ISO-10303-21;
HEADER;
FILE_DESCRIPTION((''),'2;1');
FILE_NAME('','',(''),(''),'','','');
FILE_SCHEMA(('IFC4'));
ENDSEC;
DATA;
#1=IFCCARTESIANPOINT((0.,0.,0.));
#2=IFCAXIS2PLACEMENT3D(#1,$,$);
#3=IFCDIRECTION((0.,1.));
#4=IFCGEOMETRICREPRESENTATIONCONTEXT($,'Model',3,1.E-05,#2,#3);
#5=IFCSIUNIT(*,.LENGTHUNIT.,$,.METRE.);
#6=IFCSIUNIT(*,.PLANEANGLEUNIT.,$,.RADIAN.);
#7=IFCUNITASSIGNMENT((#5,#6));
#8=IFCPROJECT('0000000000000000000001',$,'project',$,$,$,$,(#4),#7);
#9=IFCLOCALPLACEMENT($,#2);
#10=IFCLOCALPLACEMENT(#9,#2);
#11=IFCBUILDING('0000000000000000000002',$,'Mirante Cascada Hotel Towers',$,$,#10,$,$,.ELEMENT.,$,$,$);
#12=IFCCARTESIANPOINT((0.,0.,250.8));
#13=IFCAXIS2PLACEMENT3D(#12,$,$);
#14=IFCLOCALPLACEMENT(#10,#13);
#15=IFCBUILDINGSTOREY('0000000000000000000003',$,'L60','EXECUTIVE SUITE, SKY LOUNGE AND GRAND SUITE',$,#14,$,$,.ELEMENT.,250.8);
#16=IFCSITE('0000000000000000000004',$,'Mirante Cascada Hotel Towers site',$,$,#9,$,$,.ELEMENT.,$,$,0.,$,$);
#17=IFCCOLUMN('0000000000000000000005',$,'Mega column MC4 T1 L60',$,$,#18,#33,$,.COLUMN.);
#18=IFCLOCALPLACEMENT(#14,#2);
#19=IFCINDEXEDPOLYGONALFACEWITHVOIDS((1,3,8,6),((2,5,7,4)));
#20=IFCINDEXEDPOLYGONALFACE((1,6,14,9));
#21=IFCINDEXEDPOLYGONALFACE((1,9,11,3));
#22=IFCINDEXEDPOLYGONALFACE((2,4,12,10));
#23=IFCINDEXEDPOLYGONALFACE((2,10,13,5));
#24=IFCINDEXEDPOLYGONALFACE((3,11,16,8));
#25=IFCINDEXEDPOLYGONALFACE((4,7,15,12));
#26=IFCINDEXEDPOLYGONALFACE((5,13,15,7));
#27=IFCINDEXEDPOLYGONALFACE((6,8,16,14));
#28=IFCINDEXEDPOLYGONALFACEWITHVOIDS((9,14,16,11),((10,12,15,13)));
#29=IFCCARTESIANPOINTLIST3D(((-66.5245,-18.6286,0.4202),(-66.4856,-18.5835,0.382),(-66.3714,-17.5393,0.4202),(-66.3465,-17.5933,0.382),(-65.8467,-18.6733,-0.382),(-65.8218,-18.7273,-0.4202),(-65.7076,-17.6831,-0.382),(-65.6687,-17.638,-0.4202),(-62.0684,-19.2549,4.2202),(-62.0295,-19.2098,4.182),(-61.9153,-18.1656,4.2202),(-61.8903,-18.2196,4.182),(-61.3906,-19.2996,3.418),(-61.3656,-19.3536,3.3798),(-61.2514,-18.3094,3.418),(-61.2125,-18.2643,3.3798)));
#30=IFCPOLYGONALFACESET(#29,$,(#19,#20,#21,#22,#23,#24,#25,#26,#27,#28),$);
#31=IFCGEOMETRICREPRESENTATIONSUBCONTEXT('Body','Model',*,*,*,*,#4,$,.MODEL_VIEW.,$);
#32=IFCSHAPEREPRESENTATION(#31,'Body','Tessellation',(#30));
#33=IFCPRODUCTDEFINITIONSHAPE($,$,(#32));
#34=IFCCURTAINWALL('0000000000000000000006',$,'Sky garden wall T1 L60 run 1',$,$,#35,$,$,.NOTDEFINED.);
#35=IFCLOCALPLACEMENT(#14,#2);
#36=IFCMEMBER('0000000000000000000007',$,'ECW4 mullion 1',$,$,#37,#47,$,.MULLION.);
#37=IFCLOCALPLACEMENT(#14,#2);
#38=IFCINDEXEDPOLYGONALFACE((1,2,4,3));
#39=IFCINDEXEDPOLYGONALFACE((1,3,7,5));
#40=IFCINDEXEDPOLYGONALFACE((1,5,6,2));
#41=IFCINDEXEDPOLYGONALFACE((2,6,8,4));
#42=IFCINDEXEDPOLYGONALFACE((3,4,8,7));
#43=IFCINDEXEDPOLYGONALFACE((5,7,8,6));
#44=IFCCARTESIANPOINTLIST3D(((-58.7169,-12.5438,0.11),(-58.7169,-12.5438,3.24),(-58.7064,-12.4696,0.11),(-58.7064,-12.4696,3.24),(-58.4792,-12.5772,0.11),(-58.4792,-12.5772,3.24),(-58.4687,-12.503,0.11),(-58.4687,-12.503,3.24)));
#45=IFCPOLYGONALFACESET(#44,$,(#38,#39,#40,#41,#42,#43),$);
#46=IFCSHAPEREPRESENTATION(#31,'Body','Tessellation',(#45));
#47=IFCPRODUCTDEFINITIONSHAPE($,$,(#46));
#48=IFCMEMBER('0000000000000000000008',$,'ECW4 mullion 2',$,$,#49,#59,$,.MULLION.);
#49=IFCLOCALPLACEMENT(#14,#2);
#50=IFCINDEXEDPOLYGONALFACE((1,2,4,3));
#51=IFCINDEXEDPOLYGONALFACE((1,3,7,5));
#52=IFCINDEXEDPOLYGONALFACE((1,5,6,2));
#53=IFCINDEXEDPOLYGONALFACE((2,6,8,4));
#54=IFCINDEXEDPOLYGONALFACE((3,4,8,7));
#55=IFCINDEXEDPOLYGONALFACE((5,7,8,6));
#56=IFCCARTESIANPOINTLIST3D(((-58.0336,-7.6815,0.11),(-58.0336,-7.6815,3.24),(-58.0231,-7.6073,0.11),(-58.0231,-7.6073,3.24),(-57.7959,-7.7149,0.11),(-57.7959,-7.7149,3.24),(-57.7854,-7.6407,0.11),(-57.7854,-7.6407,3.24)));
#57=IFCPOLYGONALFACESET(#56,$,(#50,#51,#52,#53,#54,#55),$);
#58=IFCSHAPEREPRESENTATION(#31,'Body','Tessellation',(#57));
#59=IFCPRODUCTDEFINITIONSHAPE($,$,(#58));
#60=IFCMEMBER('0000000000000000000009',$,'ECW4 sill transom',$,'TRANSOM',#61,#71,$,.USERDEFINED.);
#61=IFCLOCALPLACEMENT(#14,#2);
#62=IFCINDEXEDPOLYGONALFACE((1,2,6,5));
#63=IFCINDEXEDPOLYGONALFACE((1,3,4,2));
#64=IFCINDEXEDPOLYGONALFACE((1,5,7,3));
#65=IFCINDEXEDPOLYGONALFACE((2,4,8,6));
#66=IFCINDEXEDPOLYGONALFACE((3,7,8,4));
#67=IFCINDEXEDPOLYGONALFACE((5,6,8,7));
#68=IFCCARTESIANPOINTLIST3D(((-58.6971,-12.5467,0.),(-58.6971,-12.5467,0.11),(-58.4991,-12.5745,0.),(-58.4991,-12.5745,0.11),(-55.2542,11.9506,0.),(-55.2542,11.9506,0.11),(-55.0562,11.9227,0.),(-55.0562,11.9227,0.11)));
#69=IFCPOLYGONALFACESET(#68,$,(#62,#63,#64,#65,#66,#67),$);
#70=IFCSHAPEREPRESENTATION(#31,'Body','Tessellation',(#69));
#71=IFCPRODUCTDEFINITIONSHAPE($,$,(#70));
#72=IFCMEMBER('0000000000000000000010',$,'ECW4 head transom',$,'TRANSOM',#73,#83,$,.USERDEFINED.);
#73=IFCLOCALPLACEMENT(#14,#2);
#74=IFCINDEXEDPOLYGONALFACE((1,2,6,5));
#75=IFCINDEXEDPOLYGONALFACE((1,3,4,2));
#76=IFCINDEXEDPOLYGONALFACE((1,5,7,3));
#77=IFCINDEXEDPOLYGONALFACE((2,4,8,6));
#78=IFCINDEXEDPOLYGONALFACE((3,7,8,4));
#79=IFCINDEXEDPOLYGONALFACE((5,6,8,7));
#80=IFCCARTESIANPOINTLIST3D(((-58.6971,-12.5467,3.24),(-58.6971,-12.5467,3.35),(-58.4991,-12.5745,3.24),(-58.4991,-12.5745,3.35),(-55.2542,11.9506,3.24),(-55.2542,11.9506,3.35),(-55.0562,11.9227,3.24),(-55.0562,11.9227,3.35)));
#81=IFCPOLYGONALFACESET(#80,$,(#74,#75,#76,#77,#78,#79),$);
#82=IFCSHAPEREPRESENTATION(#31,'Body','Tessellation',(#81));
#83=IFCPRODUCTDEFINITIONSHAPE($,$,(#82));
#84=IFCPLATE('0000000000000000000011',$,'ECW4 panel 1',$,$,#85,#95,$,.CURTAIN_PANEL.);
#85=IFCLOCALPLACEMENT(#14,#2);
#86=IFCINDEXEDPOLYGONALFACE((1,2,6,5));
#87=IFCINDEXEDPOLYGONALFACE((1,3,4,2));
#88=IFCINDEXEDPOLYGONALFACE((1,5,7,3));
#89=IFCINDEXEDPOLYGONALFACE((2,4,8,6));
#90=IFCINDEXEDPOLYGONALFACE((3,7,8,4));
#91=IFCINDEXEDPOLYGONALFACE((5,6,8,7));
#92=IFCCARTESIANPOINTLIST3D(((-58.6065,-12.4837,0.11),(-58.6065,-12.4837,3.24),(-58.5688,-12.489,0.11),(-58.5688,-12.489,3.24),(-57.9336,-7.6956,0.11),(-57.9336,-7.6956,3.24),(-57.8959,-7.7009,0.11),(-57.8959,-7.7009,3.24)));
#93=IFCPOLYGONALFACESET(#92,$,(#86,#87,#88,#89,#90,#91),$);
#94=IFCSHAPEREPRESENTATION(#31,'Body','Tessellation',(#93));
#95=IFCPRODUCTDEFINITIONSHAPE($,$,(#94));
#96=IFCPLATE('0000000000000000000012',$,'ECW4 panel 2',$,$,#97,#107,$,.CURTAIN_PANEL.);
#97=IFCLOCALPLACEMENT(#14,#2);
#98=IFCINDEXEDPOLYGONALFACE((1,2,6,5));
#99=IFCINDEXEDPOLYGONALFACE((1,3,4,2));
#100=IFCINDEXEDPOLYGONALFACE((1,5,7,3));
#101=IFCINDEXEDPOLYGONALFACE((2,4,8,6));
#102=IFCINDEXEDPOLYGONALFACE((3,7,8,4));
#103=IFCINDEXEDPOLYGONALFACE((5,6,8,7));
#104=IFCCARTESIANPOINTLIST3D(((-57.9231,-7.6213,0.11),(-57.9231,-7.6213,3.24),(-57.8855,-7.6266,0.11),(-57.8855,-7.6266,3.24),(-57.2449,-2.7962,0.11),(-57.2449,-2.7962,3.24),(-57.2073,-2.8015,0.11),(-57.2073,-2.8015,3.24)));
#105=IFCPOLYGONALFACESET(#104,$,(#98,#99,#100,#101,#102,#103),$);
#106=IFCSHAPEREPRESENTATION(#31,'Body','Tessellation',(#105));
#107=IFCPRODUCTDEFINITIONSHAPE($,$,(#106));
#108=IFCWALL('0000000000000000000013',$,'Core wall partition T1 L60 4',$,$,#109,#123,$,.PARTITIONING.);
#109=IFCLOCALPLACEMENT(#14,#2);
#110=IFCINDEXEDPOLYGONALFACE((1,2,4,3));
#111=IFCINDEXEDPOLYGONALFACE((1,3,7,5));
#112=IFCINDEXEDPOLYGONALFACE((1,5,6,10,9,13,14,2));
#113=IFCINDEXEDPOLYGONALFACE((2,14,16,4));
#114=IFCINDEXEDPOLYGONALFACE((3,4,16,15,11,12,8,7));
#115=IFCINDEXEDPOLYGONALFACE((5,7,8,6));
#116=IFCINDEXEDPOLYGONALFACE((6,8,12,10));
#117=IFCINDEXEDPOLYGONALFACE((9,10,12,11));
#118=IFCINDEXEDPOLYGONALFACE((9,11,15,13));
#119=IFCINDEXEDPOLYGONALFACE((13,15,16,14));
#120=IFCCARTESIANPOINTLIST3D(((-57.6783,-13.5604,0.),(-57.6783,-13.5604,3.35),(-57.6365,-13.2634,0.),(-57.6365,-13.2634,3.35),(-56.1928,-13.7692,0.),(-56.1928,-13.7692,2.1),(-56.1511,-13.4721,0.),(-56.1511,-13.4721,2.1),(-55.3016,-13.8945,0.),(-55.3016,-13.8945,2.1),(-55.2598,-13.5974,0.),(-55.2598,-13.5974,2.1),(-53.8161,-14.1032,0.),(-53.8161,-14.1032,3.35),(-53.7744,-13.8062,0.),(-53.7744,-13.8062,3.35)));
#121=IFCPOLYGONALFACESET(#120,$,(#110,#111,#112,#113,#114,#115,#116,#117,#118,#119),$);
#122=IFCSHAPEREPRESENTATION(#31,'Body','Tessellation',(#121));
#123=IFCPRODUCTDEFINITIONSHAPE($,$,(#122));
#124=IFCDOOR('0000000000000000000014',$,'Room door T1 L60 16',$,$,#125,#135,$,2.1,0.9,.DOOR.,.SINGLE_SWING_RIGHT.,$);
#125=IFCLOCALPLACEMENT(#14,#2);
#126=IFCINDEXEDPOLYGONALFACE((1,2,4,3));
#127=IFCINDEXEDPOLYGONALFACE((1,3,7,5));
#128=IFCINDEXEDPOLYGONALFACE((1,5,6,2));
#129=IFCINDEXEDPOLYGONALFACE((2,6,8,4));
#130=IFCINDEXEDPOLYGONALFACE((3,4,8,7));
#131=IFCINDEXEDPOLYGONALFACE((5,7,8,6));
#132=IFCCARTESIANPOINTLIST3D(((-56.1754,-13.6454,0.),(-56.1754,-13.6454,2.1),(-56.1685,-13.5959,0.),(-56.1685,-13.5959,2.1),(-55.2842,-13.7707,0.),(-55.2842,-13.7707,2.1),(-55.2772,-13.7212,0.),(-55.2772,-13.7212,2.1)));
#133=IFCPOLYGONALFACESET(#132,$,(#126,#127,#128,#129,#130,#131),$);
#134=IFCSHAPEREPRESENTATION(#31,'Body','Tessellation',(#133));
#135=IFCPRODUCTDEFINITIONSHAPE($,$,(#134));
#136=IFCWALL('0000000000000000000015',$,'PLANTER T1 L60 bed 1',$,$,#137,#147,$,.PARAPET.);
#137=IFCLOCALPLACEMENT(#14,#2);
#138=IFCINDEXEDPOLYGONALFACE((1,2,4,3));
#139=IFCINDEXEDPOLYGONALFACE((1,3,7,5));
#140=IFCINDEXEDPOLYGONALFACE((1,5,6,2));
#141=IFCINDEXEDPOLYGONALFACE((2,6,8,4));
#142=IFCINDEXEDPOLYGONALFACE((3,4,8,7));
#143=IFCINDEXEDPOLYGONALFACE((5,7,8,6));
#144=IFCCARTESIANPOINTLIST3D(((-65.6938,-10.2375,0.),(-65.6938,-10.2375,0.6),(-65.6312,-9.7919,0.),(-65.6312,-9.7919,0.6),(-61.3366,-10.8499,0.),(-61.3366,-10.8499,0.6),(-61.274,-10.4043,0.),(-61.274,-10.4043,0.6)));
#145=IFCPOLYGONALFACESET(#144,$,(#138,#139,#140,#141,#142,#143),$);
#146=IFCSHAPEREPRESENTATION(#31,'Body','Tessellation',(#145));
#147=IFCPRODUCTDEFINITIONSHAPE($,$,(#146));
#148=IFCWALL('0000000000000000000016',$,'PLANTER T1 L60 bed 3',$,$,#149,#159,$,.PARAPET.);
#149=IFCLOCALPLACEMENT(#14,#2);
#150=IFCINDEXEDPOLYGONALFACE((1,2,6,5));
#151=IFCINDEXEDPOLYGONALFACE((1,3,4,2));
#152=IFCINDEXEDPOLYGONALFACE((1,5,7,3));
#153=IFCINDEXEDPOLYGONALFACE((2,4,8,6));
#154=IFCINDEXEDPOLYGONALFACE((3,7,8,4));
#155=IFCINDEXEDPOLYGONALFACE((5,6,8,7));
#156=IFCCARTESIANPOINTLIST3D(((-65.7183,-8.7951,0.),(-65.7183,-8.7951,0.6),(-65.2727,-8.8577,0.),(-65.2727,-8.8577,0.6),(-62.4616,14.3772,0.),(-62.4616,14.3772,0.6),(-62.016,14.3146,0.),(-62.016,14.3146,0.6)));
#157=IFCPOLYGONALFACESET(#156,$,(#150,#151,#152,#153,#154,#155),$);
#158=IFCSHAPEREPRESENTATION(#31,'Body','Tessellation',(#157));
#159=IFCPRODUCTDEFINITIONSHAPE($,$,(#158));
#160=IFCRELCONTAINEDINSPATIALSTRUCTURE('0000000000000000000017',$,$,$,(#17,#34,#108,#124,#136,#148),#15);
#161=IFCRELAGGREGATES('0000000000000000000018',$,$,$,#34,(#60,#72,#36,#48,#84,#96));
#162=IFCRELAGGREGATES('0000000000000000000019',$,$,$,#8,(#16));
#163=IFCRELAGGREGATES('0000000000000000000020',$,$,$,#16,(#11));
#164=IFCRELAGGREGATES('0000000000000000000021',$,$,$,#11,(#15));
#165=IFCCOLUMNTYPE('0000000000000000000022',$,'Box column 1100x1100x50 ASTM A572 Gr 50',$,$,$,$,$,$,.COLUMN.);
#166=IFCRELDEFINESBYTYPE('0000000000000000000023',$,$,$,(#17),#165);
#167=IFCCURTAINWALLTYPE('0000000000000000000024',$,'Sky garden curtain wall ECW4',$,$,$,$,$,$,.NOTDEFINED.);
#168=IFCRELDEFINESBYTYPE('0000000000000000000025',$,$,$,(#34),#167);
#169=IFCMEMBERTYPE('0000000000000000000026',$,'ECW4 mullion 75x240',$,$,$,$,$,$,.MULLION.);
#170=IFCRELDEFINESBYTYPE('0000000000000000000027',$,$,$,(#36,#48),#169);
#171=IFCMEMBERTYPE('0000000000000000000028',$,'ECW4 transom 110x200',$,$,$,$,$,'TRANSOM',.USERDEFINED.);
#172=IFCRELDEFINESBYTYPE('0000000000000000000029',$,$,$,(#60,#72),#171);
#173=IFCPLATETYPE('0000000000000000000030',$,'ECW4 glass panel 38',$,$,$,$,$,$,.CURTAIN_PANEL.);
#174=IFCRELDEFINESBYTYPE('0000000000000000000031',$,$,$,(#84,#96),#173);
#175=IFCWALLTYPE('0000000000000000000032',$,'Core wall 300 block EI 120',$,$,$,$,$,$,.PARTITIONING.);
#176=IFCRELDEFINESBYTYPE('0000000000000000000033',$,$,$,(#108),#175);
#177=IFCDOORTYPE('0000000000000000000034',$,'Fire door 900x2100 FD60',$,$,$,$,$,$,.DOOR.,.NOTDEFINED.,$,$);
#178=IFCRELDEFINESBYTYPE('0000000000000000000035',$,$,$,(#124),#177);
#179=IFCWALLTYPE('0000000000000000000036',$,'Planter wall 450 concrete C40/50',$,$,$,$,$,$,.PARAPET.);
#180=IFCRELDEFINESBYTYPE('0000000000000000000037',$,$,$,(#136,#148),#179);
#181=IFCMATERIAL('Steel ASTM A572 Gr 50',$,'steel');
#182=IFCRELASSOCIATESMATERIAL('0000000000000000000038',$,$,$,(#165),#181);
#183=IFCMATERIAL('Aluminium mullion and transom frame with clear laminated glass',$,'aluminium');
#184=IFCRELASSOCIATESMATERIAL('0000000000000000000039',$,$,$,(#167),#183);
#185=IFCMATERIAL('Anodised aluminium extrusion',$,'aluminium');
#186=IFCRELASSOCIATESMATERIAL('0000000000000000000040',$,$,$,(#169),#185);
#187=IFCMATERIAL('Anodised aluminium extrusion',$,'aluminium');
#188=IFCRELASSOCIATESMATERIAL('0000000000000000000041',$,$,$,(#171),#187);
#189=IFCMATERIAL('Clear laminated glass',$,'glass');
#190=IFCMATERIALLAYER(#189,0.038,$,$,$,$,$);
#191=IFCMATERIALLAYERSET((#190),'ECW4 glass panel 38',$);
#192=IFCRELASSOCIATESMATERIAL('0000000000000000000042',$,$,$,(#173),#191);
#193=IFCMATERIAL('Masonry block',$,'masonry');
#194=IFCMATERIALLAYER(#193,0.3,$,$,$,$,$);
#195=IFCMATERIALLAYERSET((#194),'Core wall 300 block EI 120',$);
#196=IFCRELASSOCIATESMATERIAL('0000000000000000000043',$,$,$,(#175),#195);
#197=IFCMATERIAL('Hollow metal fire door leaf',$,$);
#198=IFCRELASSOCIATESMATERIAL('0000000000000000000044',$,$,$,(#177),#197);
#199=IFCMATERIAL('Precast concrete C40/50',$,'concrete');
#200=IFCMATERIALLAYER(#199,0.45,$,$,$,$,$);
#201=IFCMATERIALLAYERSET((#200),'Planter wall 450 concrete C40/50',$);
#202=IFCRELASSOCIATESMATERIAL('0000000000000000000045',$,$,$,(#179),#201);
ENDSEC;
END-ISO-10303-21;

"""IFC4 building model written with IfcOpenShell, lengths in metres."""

from ifc_helpers import new_model, si_unit, direction, frame, frame_2d, origin, origin_2d, place, context, subcontext, project, spatial, rectangle, hollow_rectangle, extrude, material, layer, layer_set, material_profile, profile_set, type_object, element, fill, aggregate, save


model = new_model("IFC4")

# Units and contexts
model_context = context("Model", 3, precision=1e-05, world=origin(), true_north=direction((0.0, 1.0)))
body_context = subcontext(model_context, "Body", "Model", "MODEL_VIEW")
ifc_project = project(units=[si_unit("LENGTHUNIT", "METRE"), si_unit("PLANEANGLEUNIT", "RADIAN")], contexts=[model_context])

# Site, building, storey
site_placement = place(None, origin())
site = spatial("IfcSite", under=ifc_project, at=site_placement, Name="Mirante Cascada Hotel Towers site", CompositionType="ELEMENT", RefElevation=0.0)
building_placement = place(site_placement, origin())
building = spatial("IfcBuilding", under=site, at=building_placement, Name="Mirante Cascada Hotel Towers", CompositionType="ELEMENT")
storey_placement = place(building_placement, frame((0.0, 0.0, 250.8)))
storey = spatial("IfcBuildingStorey", under=building, at=storey_placement, Name="L60", Description="EXECUTIVE SUITE, SKY LOUNGE AND GRAND SUITE", CompositionType="ELEMENT", Elevation=250.8)

# Column
ifc_material_1 = material(Name="Steel ASTM A572 Gr 50", Category="steel")
ifc_material_profile_1 = material_profile(ifc_material_1, hollow_rectangle(XDim=1.1, YDim=1.1, WallThickness=0.05, at=origin_2d()), Name="Box column 1100x1100x50 ASTM A572 Gr 50")
ifc_profile_set_1 = profile_set([ifc_material_profile_1], Name="Steel ASTM A572 Gr 50")
column_type = type_object("IfcColumnType", Name="Box column 1100x1100x50 ASTM A572 Gr 50", PredefinedType="COLUMN", material=ifc_profile_set_1)
column_placement = place(storey_placement, frame((-66.0966, -18.1333, 0.0), z_axis=(0.756594, -0.106336, 0.645181), x_axis=(0.139178, 0.990267, 0.0)))
element("IfcColumn", 1, at=column_placement, inside=storey, type_object=column_type, Name="Mega column MC4 T1 L60", PredefinedType="COLUMN", context=body_context, shape_type="SweptSolid", body=[
    extrude(hollow_rectangle(XDim=1.1, YDim=1.1, WallThickness=0.05, at=origin_2d()), origin(), (0.0, 0.0, 1.0), 5.8898),
])

# Curtain wall, members, plates
ifc_material_2 = material(Name="Aluminium mullion and transom frame with clear laminated glass", Category="aluminium")
curtain_wall_type = type_object("IfcCurtainWallType", Name="Sky garden curtain wall ECW4", PredefinedType="NOTDEFINED", material=ifc_material_2)
curtain_wall_placement = place(storey_placement, origin())
curtain_wall = element("IfcCurtainWall", 2, at=curtain_wall_placement, inside=storey, type_object=curtain_wall_type, Name="Sky garden wall T1 L60 run 1", PredefinedType="NOTDEFINED")
ifc_material_3 = material(Name="Anodised aluminium extrusion", Category="aluminium")
ifc_material_profile_2 = material_profile(ifc_material_3, rectangle(XDim=0.24, YDim=0.075, at=origin_2d()), Name="ECW4 MULLION 75x240")
ifc_profile_set_2 = profile_set([ifc_material_profile_2], Name="Anodised aluminium extrusion")
member_type_1 = type_object("IfcMemberType", Name="ECW4 mullion 75x240", PredefinedType="MULLION", material=ifc_profile_set_2)
member_1_placement = place(storey_placement, frame((-58.5928, -12.5234, 0.11), z_axis=(0.0, 0.0, 1.0), x_axis=(-0.990268, 0.139173, 0.0)))
member_1 = element("IfcMember", 3, at=member_1_placement, type_object=member_type_1, Name="ECW4 mullion 1", PredefinedType="MULLION", context=body_context, shape_type="SweptSolid", body=[
    extrude(rectangle(XDim=0.24, YDim=0.075, at=origin_2d()), origin(), (0.0, 0.0, 1.0), 3.13),
])
member_2_placement = place(storey_placement, frame((-57.9095, -7.6611, 0.11), z_axis=(0.0, 0.0, 1.0), x_axis=(-0.990268, 0.139173, 0.0)))
member_2 = element("IfcMember", 4, at=member_2_placement, type_object=member_type_1, Name="ECW4 mullion 2", PredefinedType="MULLION", context=body_context, shape_type="SweptSolid", body=[
    extrude(rectangle(XDim=0.24, YDim=0.075, at=origin_2d()), origin(), (0.0, 0.0, 1.0), 3.13),
])
ifc_material_4 = material(Name="Anodised aluminium extrusion", Category="aluminium")
ifc_material_profile_3 = material_profile(ifc_material_4, rectangle(XDim=0.2, YDim=0.11, at=origin_2d()), Name="ECW4 TRANSOM 110x200")
ifc_profile_set_3 = profile_set([ifc_material_profile_3], Name="Anodised aluminium extrusion")
member_type_2 = type_object("IfcMemberType", Name="ECW4 transom 110x200", ElementType="TRANSOM", PredefinedType="USERDEFINED", material=ifc_profile_set_3)
member_3_placement = place(storey_placement, frame((-58.5981, -12.5606, 0.055), z_axis=(0.139175, 0.990268, 0.0), x_axis=(-0.990268, 0.139175, 0.0)))
member_3 = element("IfcMember", 5, at=member_3_placement, type_object=member_type_2, Name="ECW4 sill transom", ObjectType="TRANSOM", PredefinedType="USERDEFINED", context=body_context, shape_type="SweptSolid", body=[
    extrude(rectangle(XDim=0.2, YDim=0.11, at=origin_2d()), origin(), (0.0, 0.0, 1.0), 24.738),
])
member_4_placement = place(storey_placement, frame((-58.5981, -12.5606, 3.295), z_axis=(0.139175, 0.990268, 0.0), x_axis=(-0.990268, 0.139175, 0.0)))
member_4 = element("IfcMember", 6, at=member_4_placement, type_object=member_type_2, Name="ECW4 head transom", ObjectType="TRANSOM", PredefinedType="USERDEFINED", context=body_context, shape_type="SweptSolid", body=[
    extrude(rectangle(XDim=0.2, YDim=0.11, at=origin_2d()), origin(), (0.0, 0.0, 1.0), 24.738),
])
ifc_material_5 = material(Name="Clear laminated glass", Category="glass")
ifc_layer_1 = layer(ifc_material_5, 0.038)
ifc_layer_set_1 = layer_set([ifc_layer_1], Name="ECW4 glass panel 38")
plate_type = type_object("IfcPlateType", Name="ECW4 glass panel 38", PredefinedType="CURTAIN_PANEL", material=ifc_layer_set_1)
plate_1_placement = place(storey_placement, frame((-58.2512, -10.0923, 0.11), z_axis=(0.0, 0.0, 1.0), x_axis=(0.139173, 0.990268, 0.0)))
plate_1 = element("IfcPlate", 7, at=plate_1_placement, type_object=plate_type, Name="ECW4 panel 1", PredefinedType="CURTAIN_PANEL", context=body_context, shape_type="SweptSolid", body=[
    extrude(rectangle(XDim=4.8351, YDim=0.038, at=origin_2d()), origin(), (0.0, 0.0, 1.0), 3.13),
])
plate_2_placement = place(storey_placement, frame((-57.5652, -5.2114, 0.11), z_axis=(0.0, 0.0, 1.0), x_axis=(0.139173, 0.990268, 0.0)))
plate_2 = element("IfcPlate", 8, at=plate_2_placement, type_object=plate_type, Name="ECW4 panel 2", PredefinedType="CURTAIN_PANEL", context=body_context, shape_type="SweptSolid", body=[
    extrude(rectangle(XDim=4.8726, YDim=0.038, at=origin_2d()), origin(), (0.0, 0.0, 1.0), 3.13),
])
aggregate(curtain_wall, [member_3, member_4, member_1, member_2, plate_1, plate_2])

# Wall, opening, door
ifc_material_6 = material(Name="Masonry block", Category="masonry")
ifc_layer_2 = layer(ifc_material_6, 0.3)
ifc_layer_set_2 = layer_set([ifc_layer_2], Name="Core wall 300 block EI 120")
wall_type_1 = type_object("IfcWallType", Name="Core wall 300 block EI 120", PredefinedType="PARTITIONING", material=ifc_layer_set_2)
wall_1_placement = place(storey_placement, frame((-53.7953, -13.9547, 0.0), z_axis=(0.0, 0.0, 1.0), x_axis=(-0.990267, 0.139177, 0.0)))
wall_1 = element("IfcWall", 9, at=wall_1_placement, inside=storey, type_object=wall_type_1, Name="Core wall partition T1 L60 4", PredefinedType="PARTITIONING", context=body_context, shape_type="SweptSolid", body=[
    extrude(rectangle(XDim=3.9001, YDim=0.3, at=frame_2d((1.95, 0.0))), origin(), (0.0, 0.0, 1.0), 3.35),
])
opening_1_placement = place(wall_1_placement, frame((1.5, 0.0, 0.0)))
opening_1 = element("IfcOpeningElement", 10, at=opening_1_placement, cuts=wall_1, PredefinedType="OPENING", context=body_context, shape_type="SweptSolid", body=[
    extrude(rectangle(XDim=0.9, YDim=2.1, at=frame_2d((0.45, 1.05))), frame((0.0, 0.15, 0.0), z_axis=(0.0, -1.0, 0.0), x_axis=(1.0, 0.0, 0.0)), (0.0, 0.0, 1.0), 0.3),
])
ifc_material_7 = material(Name="Hollow metal fire door leaf")
door_type_1 = type_object("IfcDoorType", Name="Fire door 900x2100 FD60", OperationType="NOTDEFINED", PredefinedType="DOOR", material=ifc_material_7)
door_1_placement = place(opening_1_placement, origin())
door_1 = element("IfcDoor", 11, at=door_1_placement, inside=storey, type_object=door_type_1, Name="Room door T1 L60 16", OperationType="SINGLE_SWING_RIGHT", OverallHeight=2.1, OverallWidth=0.9, PredefinedType="DOOR", context=body_context, shape_type="SweptSolid", body=[
    extrude(rectangle(XDim=0.9, YDim=2.1, at=frame_2d((0.45, 1.05))), frame((0.0, 0.025, 0.0), z_axis=(0.0, -1.0, 0.0), x_axis=(1.0, 0.0, 0.0)), (0.0, 0.0, 1.0), 0.05),
])
fill(opening_1, door_1)

# Walls
ifc_material_8 = material(Name="Precast concrete C40/50", Category="concrete")
ifc_layer_3 = layer(ifc_material_8, 0.45)
ifc_layer_set_3 = layer_set([ifc_layer_3], Name="Planter wall 450 concrete C40/50")
wall_type_2 = type_object("IfcWallType", Name="Planter wall 450 concrete C40/50", PredefinedType="PARAPET", material=ifc_layer_set_3)
wall_2_placement = place(storey_placement, frame((-61.3053, -10.6271, 0.0), z_axis=(0.0, 0.0, 1.0), x_axis=(-0.990267, 0.139181, 0.0)))
element("IfcWall", 12, at=wall_2_placement, inside=storey, type_object=wall_type_2, Name="PLANTER T1 L60 bed 1", PredefinedType="PARAPET", context=body_context, shape_type="SweptSolid", body=[
    extrude(rectangle(XDim=4.4, YDim=0.45, at=frame_2d((2.2, 0.0))), origin(), (0.0, 0.0, 1.0), 0.6),
])
wall_3_placement = place(storey_placement, frame((-65.4955, -8.8264, 0.0), z_axis=(0.0, 0.0, 1.0), x_axis=(0.139175, 0.990268, 0.0)))
element("IfcWall", 13, at=wall_3_placement, inside=storey, type_object=wall_type_2, Name="PLANTER T1 L60 bed 3", PredefinedType="PARAPET", context=body_context, shape_type="SweptSolid", body=[
    extrude(rectangle(XDim=23.4, YDim=0.45, at=frame_2d((11.7, 0.0))), origin(), (0.0, 0.0, 1.0), 0.6),
])

save(model, "model.ifc")
